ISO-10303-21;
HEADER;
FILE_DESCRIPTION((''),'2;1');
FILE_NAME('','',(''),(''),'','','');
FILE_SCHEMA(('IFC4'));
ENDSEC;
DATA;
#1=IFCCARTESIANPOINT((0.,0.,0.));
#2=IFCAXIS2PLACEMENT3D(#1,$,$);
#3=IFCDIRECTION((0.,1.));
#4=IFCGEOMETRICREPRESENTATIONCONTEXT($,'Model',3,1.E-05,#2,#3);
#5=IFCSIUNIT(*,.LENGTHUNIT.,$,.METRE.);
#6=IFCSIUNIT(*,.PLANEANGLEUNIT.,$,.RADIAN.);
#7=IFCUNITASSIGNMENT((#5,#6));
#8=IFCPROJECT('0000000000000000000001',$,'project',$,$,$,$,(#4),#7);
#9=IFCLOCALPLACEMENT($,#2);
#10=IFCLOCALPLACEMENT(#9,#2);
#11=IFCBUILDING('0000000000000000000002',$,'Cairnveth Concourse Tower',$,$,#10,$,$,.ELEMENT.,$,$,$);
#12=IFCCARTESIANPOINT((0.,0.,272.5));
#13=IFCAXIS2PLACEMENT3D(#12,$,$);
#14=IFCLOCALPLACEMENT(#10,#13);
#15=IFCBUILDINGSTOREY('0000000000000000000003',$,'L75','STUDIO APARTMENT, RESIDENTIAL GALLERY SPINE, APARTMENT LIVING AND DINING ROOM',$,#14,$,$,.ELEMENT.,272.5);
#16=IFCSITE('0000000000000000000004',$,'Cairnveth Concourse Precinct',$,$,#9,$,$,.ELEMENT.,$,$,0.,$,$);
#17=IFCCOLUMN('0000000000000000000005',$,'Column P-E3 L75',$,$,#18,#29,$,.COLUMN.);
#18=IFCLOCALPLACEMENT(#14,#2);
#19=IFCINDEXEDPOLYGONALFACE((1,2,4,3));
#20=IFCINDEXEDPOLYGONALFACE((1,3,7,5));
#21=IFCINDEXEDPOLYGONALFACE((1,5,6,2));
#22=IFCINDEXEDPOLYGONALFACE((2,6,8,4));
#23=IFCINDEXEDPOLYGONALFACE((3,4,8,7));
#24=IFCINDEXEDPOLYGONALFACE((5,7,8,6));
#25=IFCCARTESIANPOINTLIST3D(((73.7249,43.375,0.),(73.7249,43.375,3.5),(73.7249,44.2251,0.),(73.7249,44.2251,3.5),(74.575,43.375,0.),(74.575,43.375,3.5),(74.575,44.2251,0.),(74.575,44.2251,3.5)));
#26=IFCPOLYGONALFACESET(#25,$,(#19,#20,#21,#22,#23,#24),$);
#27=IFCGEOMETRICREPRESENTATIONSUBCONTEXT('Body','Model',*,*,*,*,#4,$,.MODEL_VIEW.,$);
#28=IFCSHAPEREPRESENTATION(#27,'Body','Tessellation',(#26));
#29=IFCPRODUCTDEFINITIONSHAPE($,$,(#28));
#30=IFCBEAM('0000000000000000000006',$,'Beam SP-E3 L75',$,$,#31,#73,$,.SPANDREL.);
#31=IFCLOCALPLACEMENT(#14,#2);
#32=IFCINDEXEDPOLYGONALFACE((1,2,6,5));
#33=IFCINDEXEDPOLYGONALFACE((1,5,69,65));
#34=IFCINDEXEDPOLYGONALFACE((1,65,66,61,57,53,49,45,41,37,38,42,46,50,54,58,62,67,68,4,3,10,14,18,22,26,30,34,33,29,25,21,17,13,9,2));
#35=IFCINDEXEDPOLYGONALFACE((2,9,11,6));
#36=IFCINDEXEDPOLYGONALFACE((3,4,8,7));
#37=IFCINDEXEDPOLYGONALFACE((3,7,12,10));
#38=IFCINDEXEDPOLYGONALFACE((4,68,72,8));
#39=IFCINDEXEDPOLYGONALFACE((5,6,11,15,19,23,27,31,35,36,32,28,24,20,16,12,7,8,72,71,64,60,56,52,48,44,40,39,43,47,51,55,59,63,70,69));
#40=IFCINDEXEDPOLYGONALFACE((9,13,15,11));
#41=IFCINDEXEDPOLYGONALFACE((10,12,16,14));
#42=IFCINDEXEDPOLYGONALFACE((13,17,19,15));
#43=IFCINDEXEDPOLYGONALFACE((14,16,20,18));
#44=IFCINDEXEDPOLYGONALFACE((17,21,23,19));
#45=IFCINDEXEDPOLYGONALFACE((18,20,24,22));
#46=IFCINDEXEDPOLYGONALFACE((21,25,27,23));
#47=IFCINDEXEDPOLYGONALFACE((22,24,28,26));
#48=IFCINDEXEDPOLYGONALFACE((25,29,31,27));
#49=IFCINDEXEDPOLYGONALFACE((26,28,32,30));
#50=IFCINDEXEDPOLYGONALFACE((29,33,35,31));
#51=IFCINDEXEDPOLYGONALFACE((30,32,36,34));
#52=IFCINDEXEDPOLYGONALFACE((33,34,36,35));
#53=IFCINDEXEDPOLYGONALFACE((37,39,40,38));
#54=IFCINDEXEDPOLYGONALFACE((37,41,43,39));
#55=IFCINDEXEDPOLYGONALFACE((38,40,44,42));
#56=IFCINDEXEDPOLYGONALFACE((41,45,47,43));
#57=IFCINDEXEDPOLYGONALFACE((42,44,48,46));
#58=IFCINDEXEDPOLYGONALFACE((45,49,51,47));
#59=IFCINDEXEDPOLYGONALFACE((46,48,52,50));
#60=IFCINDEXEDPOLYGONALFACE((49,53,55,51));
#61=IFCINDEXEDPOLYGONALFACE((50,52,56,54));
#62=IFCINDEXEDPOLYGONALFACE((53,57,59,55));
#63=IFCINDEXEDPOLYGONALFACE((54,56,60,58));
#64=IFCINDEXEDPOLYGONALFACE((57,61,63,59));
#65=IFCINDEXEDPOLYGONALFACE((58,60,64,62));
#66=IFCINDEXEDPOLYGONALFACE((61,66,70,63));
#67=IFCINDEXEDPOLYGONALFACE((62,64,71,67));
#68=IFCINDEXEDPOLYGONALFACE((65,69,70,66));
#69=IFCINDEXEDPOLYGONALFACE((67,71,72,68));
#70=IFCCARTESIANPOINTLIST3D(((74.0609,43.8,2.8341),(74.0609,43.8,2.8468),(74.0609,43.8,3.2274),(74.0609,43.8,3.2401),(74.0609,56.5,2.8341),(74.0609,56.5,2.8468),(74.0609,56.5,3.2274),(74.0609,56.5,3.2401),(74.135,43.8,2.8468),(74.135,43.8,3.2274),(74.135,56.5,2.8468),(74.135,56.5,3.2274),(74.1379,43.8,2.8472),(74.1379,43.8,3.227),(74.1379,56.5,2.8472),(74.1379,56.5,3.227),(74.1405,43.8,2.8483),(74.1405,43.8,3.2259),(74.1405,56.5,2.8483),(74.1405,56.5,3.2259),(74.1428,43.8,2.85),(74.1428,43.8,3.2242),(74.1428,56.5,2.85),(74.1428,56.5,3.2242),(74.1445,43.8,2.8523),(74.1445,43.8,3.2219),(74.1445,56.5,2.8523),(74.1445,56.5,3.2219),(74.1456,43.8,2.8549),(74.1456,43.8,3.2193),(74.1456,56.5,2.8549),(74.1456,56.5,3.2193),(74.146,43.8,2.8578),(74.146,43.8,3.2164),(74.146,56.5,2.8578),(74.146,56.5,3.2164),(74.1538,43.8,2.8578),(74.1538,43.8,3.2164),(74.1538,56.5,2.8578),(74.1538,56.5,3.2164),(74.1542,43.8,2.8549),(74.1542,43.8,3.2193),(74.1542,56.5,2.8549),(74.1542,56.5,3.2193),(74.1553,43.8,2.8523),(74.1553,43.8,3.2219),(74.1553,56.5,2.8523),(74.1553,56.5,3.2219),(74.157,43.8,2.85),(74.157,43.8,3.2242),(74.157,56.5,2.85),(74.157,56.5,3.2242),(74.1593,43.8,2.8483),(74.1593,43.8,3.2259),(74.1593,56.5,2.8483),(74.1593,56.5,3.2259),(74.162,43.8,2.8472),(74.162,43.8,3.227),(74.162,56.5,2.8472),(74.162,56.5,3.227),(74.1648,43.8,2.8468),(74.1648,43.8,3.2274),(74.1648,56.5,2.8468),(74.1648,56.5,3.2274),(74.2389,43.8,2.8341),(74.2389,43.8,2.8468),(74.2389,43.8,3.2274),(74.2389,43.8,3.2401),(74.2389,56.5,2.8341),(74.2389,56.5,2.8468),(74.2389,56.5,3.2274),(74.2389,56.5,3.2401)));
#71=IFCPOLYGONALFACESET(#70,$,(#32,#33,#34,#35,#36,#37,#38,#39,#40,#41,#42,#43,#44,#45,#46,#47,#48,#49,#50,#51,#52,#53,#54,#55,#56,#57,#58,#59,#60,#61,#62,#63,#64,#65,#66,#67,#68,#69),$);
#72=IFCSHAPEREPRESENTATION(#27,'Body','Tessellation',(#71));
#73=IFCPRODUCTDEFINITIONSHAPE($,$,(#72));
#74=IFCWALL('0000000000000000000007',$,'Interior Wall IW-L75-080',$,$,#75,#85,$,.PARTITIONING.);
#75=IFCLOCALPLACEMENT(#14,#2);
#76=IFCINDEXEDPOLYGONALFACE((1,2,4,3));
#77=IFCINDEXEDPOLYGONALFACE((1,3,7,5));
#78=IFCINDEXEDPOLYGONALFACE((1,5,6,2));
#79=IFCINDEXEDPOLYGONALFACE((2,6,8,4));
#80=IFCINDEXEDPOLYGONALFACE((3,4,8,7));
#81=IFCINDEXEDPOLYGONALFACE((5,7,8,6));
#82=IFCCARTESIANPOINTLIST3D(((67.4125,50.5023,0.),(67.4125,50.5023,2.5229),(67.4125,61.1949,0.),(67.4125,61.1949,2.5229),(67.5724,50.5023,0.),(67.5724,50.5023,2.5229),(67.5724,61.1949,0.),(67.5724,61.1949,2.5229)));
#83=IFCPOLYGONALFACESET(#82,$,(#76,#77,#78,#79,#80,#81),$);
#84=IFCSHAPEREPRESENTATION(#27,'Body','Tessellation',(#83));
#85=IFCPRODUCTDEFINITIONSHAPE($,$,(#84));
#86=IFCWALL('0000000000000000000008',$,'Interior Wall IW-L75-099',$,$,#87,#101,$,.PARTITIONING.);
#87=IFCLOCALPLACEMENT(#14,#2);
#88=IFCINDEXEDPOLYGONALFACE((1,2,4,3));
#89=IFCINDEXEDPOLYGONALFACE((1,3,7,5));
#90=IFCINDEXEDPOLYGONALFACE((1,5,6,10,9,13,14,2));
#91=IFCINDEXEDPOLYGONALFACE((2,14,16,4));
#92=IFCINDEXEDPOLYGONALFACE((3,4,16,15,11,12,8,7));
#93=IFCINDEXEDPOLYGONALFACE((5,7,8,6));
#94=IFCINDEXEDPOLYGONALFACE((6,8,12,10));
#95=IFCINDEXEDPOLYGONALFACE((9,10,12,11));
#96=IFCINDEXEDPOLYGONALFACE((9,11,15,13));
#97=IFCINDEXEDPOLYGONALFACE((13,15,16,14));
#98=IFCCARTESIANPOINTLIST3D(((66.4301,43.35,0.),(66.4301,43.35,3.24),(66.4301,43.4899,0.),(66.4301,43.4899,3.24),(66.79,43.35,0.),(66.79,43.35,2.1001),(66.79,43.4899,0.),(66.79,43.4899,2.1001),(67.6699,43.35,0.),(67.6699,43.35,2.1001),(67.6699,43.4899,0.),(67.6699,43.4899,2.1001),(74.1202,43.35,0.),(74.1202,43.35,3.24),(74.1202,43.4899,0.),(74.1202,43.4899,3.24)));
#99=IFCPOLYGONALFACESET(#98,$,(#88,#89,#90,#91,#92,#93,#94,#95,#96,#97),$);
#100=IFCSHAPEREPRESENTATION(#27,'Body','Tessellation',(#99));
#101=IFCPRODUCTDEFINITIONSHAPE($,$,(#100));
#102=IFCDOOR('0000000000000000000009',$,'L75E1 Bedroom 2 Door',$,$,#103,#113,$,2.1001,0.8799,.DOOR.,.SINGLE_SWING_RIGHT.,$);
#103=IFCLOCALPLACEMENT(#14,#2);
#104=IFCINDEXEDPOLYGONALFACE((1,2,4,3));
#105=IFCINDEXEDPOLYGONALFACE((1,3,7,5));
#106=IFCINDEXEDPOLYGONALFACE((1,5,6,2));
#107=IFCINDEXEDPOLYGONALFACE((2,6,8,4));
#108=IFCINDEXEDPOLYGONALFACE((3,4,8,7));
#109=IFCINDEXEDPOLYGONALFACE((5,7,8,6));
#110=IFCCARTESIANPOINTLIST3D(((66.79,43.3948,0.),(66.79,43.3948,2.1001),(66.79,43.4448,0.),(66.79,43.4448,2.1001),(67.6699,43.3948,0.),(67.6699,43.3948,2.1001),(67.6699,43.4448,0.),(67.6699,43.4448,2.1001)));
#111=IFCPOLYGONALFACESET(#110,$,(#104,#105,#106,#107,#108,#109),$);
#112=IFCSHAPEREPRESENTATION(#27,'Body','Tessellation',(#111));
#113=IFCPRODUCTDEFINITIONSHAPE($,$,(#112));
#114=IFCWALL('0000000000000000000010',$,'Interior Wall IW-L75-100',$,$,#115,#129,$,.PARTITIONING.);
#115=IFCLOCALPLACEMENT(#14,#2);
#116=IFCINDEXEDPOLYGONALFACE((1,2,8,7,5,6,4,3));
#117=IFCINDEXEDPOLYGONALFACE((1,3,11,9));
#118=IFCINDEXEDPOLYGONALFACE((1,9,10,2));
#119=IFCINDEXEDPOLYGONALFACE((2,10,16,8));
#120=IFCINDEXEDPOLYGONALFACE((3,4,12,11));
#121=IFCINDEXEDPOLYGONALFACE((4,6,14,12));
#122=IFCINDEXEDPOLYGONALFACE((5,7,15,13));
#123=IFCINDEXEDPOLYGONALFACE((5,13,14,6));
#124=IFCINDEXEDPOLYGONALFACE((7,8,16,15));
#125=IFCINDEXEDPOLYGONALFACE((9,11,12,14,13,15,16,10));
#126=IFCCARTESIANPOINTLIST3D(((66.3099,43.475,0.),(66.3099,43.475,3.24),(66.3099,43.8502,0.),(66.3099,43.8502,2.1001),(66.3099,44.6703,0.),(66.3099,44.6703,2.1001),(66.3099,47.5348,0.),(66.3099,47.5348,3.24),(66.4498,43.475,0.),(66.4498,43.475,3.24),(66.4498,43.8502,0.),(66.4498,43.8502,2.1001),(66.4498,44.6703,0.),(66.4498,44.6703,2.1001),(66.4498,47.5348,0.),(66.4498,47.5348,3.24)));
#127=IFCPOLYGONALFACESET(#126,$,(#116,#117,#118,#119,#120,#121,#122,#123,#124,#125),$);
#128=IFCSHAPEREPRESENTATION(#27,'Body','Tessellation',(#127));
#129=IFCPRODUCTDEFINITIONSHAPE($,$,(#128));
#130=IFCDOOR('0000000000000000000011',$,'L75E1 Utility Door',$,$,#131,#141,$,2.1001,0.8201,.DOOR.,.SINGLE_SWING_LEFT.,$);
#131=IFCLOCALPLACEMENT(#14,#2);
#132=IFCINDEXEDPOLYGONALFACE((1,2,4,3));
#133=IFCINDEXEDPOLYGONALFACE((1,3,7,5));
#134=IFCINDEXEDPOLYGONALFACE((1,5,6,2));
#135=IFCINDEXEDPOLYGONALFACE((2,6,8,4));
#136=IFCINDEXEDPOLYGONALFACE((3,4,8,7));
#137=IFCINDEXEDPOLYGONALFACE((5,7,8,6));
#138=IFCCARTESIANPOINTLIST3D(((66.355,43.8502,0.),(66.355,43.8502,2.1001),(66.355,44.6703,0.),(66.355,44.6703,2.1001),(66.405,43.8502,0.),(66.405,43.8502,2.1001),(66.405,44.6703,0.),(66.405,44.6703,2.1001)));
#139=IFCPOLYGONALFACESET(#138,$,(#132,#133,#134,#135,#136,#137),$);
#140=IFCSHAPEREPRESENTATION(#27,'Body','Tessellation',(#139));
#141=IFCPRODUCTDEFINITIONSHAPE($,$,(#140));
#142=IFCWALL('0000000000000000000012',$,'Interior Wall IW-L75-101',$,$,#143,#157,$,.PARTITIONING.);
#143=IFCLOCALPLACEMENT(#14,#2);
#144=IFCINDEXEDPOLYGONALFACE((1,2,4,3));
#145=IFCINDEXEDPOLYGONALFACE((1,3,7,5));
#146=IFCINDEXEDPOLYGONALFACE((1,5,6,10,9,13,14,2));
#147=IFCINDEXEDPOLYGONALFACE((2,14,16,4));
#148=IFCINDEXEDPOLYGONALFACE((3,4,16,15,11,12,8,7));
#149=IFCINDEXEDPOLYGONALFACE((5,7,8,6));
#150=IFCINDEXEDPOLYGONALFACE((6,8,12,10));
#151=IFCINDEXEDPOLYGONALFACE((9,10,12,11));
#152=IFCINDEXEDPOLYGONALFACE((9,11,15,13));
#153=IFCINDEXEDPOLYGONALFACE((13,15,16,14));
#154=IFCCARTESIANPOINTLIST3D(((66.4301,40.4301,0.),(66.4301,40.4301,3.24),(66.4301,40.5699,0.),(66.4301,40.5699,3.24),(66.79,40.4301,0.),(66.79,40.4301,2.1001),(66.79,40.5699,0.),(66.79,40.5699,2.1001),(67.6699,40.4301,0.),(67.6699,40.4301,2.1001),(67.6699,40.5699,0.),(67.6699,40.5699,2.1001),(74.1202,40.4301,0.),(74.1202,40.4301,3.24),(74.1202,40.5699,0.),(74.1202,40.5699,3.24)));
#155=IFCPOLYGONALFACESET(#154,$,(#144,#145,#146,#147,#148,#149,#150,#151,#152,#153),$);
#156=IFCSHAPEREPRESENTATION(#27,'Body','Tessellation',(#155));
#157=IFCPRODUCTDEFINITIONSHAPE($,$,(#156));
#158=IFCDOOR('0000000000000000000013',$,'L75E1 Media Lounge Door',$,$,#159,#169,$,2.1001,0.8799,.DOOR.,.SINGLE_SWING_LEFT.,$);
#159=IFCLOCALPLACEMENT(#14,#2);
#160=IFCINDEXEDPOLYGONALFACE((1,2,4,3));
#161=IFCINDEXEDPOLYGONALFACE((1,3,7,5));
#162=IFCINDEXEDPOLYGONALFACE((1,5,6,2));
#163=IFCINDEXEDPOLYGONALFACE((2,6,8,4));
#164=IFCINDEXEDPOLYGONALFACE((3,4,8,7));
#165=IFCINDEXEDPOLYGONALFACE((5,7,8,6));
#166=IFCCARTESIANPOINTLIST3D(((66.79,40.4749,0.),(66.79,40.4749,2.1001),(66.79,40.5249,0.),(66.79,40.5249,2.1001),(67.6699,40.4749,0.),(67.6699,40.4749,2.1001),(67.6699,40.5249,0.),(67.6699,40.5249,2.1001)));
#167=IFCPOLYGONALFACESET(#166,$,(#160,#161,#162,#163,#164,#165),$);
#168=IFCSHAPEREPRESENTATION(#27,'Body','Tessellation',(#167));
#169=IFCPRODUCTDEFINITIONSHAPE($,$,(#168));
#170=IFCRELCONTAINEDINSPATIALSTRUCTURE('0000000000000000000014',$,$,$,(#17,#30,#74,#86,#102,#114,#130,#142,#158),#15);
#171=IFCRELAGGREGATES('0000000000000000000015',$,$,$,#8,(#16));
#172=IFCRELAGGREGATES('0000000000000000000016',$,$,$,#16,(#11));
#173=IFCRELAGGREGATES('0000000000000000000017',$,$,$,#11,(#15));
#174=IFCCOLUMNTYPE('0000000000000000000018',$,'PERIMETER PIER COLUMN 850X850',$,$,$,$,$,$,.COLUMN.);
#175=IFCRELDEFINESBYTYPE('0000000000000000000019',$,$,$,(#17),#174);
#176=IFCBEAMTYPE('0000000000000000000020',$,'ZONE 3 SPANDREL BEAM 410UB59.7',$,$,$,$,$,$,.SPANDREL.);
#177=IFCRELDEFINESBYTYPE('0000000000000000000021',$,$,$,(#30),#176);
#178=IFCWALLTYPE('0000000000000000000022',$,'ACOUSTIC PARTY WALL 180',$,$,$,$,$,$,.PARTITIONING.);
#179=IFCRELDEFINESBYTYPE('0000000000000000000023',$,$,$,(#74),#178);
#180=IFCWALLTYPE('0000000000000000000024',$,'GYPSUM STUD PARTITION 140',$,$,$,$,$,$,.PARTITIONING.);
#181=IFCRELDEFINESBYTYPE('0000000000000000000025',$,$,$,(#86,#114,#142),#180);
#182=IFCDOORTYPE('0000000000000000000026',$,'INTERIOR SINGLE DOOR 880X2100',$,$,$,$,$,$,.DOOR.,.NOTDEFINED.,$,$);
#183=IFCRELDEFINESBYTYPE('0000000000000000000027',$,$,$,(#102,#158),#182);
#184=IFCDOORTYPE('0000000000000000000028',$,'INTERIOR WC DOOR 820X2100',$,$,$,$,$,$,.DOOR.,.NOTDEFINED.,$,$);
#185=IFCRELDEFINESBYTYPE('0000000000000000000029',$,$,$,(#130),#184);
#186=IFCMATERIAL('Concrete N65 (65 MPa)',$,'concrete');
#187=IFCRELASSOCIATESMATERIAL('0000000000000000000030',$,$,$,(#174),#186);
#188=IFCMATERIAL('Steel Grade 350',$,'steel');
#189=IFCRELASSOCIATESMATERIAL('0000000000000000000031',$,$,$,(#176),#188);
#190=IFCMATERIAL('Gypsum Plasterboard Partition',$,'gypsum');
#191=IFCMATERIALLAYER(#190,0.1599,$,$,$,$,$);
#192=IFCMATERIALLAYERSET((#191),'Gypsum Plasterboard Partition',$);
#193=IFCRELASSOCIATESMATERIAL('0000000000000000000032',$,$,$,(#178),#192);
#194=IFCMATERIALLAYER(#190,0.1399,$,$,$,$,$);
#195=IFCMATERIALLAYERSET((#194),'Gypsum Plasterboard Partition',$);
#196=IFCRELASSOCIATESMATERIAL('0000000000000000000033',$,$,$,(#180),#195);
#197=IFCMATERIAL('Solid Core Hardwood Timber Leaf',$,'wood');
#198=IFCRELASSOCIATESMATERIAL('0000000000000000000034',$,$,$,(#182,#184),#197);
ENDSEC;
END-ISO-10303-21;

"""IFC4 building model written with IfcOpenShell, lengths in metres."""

from ifc_helpers import new_model, si_unit, direction, frame, frame_2d, origin, origin_2d, place, context, subcontext, project, spatial, rectangle, i_section, extrude, material, layer, layer_set, material_profile, profile_set, type_object, element, fill, save


model = new_model("IFC4")

# Units and contexts
model_context = context("Model", 3, precision=1e-05, world=origin(), true_north=direction((0.0, 1.0)))
body_context = subcontext(model_context, "Body", "Model", "MODEL_VIEW")
ifc_project = project(units=[si_unit("LENGTHUNIT", "METRE"), si_unit("PLANEANGLEUNIT", "RADIAN")], contexts=[model_context])

# Site, building, storey
site_placement = place(None, origin())
site = spatial("IfcSite", under=ifc_project, at=site_placement, Name="Cairnveth Concourse Precinct", CompositionType="ELEMENT", RefElevation=0.0)
building_placement = place(site_placement, origin())
building = spatial("IfcBuilding", under=site, at=building_placement, Name="Cairnveth Concourse Tower", CompositionType="ELEMENT")
storey_placement = place(building_placement, frame((0.0, 0.0, 272.5)))
storey = spatial("IfcBuildingStorey", under=building, at=storey_placement, Name="L75", Description="STUDIO APARTMENT, RESIDENTIAL GALLERY SPINE, APARTMENT LIVING AND DINING ROOM", CompositionType="ELEMENT", Elevation=272.5)

# Column
ifc_material_1 = material(Name="Concrete N65 (65 MPa)", Category="concrete")
ifc_material_profile_1 = material_profile(ifc_material_1, rectangle(XDim=0.8501, YDim=0.8501, at=origin_2d()), Name="RC-COL-850x850")
ifc_profile_set_1 = profile_set([ifc_material_profile_1], Name="Concrete N65 (65 MPa)")
column_type = type_object("IfcColumnType", Name="PERIMETER PIER COLUMN 850X850", PredefinedType="COLUMN", material=ifc_profile_set_1)
column_placement = place(storey_placement, frame((74.1499, 43.8, 0.0), z_axis=(0.0, 0.0, 1.0), x_axis=(0.0, 1.0, 0.0)))
element("IfcColumn", 1, at=column_placement, inside=storey, type_object=column_type, Name="Column P-E3 L75", PredefinedType="COLUMN", context=body_context, shape_type="SweptSolid", body=[
    extrude(rectangle(XDim=0.8501, YDim=0.8501, at=origin_2d()), origin(), (0.0, 0.0, 1.0), 3.5),
])

# Beam
ifc_material_2 = material(Name="Steel Grade 350", Category="steel")
ifc_material_profile_2 = material_profile(ifc_material_2, i_section(OverallWidth=0.178, OverallDepth=0.406, WebThickness=0.0078, FlangeThickness=0.0127, FilletRadius=0.011, at=origin_2d()), Name="410UB59.7")
ifc_profile_set_2 = profile_set([ifc_material_profile_2], Name="Steel Grade 350")
beam_type = type_object("IfcBeamType", Name="ZONE 3 SPANDREL BEAM 410UB59.7", PredefinedType="SPANDREL", material=ifc_profile_set_2)
beam_placement = place(storey_placement, frame((74.1499, 43.8, 3.0371), z_axis=(0.0, 1.0, 0.0), x_axis=(-1.0, 0.0, 0.0)))
element("IfcBeam", 2, at=beam_placement, inside=storey, type_object=beam_type, Name="Beam SP-E3 L75", PredefinedType="SPANDREL", context=body_context, shape_type="SweptSolid", body=[
    extrude(i_section(OverallWidth=0.178, OverallDepth=0.406, WebThickness=0.0078, FlangeThickness=0.0127, FilletRadius=0.011, at=origin_2d()), origin(), (0.0, 0.0, 1.0), 12.7),
])

# Wall
ifc_material_3 = material(Name="Gypsum Plasterboard Partition", Category="gypsum")
ifc_layer_1 = layer(ifc_material_3, 0.1599)
ifc_layer_set_1 = layer_set([ifc_layer_1], Name="Gypsum Plasterboard Partition")
wall_type_1 = type_object("IfcWallType", Name="ACOUSTIC PARTY WALL 180", PredefinedType="PARTITIONING", material=ifc_layer_set_1)
wall_1_placement = place(storey_placement, frame((67.4924, 50.5024, 0.0), z_axis=(0.0, 0.0, 1.0), x_axis=(0.0, 1.0, 0.0)))
element("IfcWall", 3, at=wall_1_placement, inside=storey, type_object=wall_type_1, Name="Interior Wall IW-L75-080", PredefinedType="PARTITIONING", context=body_context, shape_type="SweptSolid", body=[
    extrude(rectangle(XDim=10.6926, YDim=0.1599, at=frame_2d((5.3462, 0.0))), origin(), (0.0, 0.0, 1.0), 2.5229),
])

# Walls, openings, doors
ifc_layer_2 = layer(ifc_material_3, 0.1399)
ifc_layer_set_2 = layer_set([ifc_layer_2], Name="Gypsum Plasterboard Partition")
wall_type_2 = type_object("IfcWallType", Name="GYPSUM STUD PARTITION 140", PredefinedType="PARTITIONING", material=ifc_layer_set_2)
wall_2_placement = place(storey_placement, frame((66.4299, 43.4199, 0.0), z_axis=(0.0, 0.0, 1.0), x_axis=(1.0, 0.0, 0.0)))
wall_2 = element("IfcWall", 4, at=wall_2_placement, inside=storey, type_object=wall_type_2, Name="Interior Wall IW-L75-099", PredefinedType="PARTITIONING", context=body_context, shape_type="SweptSolid", body=[
    extrude(rectangle(XDim=7.6902, YDim=0.1399, at=frame_2d((3.8452, 0.0))), origin(), (0.0, 0.0, 1.0), 3.24),
])
opening_1_placement = place(wall_2_placement, frame((0.3601, 0.0, 0.0)))
opening_1 = element("IfcOpeningElement", 5, at=opening_1_placement, cuts=wall_2, PredefinedType="OPENING", context=body_context, shape_type="SweptSolid", body=[
    extrude(rectangle(XDim=0.8799, YDim=2.1001, at=frame_2d((0.4399, 1.05))), frame((0.0, 0.0798, 0.0), z_axis=(0.0, -1.0, 0.0), x_axis=(1.0, 0.0, 0.0)), (0.0, 0.0, 1.0), 0.1599),
])
ifc_material_4 = material(Name="Solid Core Hardwood Timber Leaf", Category="wood")
door_type_1 = type_object("IfcDoorType", Name="INTERIOR SINGLE DOOR 880X2100", OperationType="NOTDEFINED", PredefinedType="DOOR", material=ifc_material_4)
door_1_placement = place(opening_1_placement, origin())
door_1 = element("IfcDoor", 6, at=door_1_placement, inside=storey, type_object=door_type_1, Name="L75E1 Bedroom 2 Door", OperationType="SINGLE_SWING_RIGHT", OverallHeight=2.1001, OverallWidth=0.8799, PredefinedType="DOOR", context=body_context, shape_type="SweptSolid", body=[
    extrude(rectangle(XDim=0.8799, YDim=2.1001, at=frame_2d((0.4399, 1.05))), frame((0.0, 0.0249, 0.0), z_axis=(0.0, -1.0, 0.0), x_axis=(1.0, 0.0, 0.0)), (0.0, 0.0, 1.0), 0.05),
])
fill(opening_1, door_1)
wall_3_placement = place(storey_placement, frame((66.3799, 43.4751, 0.0), z_axis=(0.0, 0.0, 1.0), x_axis=(0.0, 1.0, 0.0)))
wall_3 = element("IfcWall", 7, at=wall_3_placement, inside=storey, type_object=wall_type_2, Name="Interior Wall IW-L75-100", PredefinedType="PARTITIONING", context=body_context, shape_type="SweptSolid", body=[
    extrude(rectangle(XDim=4.0598, YDim=0.1399, at=frame_2d((2.0298, 0.0))), origin(), (0.0, 0.0, 1.0), 3.24),
])
opening_2_placement = place(wall_3_placement, frame((0.375, 0.0, 0.0)))
opening_2 = element("IfcOpeningElement", 8, at=opening_2_placement, cuts=wall_3, PredefinedType="OPENING", context=body_context, shape_type="SweptSolid", body=[
    extrude(rectangle(XDim=0.8201, YDim=2.1001, at=frame_2d((0.4102, 1.05))), frame((0.0, 0.0798, 0.0), z_axis=(0.0, -1.0, 0.0), x_axis=(1.0, 0.0, 0.0)), (0.0, 0.0, 1.0), 0.1599),
])
door_type_2 = type_object("IfcDoorType", Name="INTERIOR WC DOOR 820X2100", OperationType="NOTDEFINED", PredefinedType="DOOR", material=ifc_material_4)
door_2_placement = place(opening_2_placement, origin())
door_2 = element("IfcDoor", 9, at=door_2_placement, inside=storey, type_object=door_type_2, Name="L75E1 Utility Door", OperationType="SINGLE_SWING_LEFT", OverallHeight=2.1001, OverallWidth=0.8201, PredefinedType="DOOR", context=body_context, shape_type="SweptSolid", body=[
    extrude(rectangle(XDim=0.8201, YDim=2.1001, at=frame_2d((0.4102, 1.05))), frame((0.0, 0.0249, 0.0), z_axis=(0.0, -1.0, 0.0), x_axis=(1.0, 0.0, 0.0)), (0.0, 0.0, 1.0), 0.05),
])
fill(opening_2, door_2)
wall_4_placement = place(storey_placement, frame((66.4299, 40.5, 0.0), z_axis=(0.0, 0.0, 1.0), x_axis=(1.0, 0.0, 0.0)))
wall_4 = element("IfcWall", 10, at=wall_4_placement, inside=storey, type_object=wall_type_2, Name="Interior Wall IW-L75-101", PredefinedType="PARTITIONING", context=body_context, shape_type="SweptSolid", body=[
    extrude(rectangle(XDim=7.6902, YDim=0.1399, at=frame_2d((3.8452, 0.0))), origin(), (0.0, 0.0, 1.0), 3.24),
])
opening_3_placement = place(wall_4_placement, frame((0.3601, 0.0, 0.0)))
opening_3 = element("IfcOpeningElement", 11, at=opening_3_placement, cuts=wall_4, PredefinedType="OPENING", context=body_context, shape_type="SweptSolid", body=[
    extrude(rectangle(XDim=0.8799, YDim=2.1001, at=frame_2d((0.4399, 1.05))), frame((0.0, 0.0798, 0.0), z_axis=(0.0, -1.0, 0.0), x_axis=(1.0, 0.0, 0.0)), (0.0, 0.0, 1.0), 0.1599),
])
door_3_placement = place(opening_3_placement, origin())
door_3 = element("IfcDoor", 12, at=door_3_placement, inside=storey, type_object=door_type_1, Name="L75E1 Media Lounge Door", OperationType="SINGLE_SWING_LEFT", OverallHeight=2.1001, OverallWidth=0.8799, PredefinedType="DOOR", context=body_context, shape_type="SweptSolid", body=[
    extrude(rectangle(XDim=0.8799, YDim=2.1001, at=frame_2d((0.4399, 1.05))), frame((0.0, 0.0249, 0.0), z_axis=(0.0, -1.0, 0.0), x_axis=(1.0, 0.0, 0.0)), (0.0, 0.0, 1.0), 0.05),
])
fill(opening_3, door_3)

save(model, "model.ifc")
